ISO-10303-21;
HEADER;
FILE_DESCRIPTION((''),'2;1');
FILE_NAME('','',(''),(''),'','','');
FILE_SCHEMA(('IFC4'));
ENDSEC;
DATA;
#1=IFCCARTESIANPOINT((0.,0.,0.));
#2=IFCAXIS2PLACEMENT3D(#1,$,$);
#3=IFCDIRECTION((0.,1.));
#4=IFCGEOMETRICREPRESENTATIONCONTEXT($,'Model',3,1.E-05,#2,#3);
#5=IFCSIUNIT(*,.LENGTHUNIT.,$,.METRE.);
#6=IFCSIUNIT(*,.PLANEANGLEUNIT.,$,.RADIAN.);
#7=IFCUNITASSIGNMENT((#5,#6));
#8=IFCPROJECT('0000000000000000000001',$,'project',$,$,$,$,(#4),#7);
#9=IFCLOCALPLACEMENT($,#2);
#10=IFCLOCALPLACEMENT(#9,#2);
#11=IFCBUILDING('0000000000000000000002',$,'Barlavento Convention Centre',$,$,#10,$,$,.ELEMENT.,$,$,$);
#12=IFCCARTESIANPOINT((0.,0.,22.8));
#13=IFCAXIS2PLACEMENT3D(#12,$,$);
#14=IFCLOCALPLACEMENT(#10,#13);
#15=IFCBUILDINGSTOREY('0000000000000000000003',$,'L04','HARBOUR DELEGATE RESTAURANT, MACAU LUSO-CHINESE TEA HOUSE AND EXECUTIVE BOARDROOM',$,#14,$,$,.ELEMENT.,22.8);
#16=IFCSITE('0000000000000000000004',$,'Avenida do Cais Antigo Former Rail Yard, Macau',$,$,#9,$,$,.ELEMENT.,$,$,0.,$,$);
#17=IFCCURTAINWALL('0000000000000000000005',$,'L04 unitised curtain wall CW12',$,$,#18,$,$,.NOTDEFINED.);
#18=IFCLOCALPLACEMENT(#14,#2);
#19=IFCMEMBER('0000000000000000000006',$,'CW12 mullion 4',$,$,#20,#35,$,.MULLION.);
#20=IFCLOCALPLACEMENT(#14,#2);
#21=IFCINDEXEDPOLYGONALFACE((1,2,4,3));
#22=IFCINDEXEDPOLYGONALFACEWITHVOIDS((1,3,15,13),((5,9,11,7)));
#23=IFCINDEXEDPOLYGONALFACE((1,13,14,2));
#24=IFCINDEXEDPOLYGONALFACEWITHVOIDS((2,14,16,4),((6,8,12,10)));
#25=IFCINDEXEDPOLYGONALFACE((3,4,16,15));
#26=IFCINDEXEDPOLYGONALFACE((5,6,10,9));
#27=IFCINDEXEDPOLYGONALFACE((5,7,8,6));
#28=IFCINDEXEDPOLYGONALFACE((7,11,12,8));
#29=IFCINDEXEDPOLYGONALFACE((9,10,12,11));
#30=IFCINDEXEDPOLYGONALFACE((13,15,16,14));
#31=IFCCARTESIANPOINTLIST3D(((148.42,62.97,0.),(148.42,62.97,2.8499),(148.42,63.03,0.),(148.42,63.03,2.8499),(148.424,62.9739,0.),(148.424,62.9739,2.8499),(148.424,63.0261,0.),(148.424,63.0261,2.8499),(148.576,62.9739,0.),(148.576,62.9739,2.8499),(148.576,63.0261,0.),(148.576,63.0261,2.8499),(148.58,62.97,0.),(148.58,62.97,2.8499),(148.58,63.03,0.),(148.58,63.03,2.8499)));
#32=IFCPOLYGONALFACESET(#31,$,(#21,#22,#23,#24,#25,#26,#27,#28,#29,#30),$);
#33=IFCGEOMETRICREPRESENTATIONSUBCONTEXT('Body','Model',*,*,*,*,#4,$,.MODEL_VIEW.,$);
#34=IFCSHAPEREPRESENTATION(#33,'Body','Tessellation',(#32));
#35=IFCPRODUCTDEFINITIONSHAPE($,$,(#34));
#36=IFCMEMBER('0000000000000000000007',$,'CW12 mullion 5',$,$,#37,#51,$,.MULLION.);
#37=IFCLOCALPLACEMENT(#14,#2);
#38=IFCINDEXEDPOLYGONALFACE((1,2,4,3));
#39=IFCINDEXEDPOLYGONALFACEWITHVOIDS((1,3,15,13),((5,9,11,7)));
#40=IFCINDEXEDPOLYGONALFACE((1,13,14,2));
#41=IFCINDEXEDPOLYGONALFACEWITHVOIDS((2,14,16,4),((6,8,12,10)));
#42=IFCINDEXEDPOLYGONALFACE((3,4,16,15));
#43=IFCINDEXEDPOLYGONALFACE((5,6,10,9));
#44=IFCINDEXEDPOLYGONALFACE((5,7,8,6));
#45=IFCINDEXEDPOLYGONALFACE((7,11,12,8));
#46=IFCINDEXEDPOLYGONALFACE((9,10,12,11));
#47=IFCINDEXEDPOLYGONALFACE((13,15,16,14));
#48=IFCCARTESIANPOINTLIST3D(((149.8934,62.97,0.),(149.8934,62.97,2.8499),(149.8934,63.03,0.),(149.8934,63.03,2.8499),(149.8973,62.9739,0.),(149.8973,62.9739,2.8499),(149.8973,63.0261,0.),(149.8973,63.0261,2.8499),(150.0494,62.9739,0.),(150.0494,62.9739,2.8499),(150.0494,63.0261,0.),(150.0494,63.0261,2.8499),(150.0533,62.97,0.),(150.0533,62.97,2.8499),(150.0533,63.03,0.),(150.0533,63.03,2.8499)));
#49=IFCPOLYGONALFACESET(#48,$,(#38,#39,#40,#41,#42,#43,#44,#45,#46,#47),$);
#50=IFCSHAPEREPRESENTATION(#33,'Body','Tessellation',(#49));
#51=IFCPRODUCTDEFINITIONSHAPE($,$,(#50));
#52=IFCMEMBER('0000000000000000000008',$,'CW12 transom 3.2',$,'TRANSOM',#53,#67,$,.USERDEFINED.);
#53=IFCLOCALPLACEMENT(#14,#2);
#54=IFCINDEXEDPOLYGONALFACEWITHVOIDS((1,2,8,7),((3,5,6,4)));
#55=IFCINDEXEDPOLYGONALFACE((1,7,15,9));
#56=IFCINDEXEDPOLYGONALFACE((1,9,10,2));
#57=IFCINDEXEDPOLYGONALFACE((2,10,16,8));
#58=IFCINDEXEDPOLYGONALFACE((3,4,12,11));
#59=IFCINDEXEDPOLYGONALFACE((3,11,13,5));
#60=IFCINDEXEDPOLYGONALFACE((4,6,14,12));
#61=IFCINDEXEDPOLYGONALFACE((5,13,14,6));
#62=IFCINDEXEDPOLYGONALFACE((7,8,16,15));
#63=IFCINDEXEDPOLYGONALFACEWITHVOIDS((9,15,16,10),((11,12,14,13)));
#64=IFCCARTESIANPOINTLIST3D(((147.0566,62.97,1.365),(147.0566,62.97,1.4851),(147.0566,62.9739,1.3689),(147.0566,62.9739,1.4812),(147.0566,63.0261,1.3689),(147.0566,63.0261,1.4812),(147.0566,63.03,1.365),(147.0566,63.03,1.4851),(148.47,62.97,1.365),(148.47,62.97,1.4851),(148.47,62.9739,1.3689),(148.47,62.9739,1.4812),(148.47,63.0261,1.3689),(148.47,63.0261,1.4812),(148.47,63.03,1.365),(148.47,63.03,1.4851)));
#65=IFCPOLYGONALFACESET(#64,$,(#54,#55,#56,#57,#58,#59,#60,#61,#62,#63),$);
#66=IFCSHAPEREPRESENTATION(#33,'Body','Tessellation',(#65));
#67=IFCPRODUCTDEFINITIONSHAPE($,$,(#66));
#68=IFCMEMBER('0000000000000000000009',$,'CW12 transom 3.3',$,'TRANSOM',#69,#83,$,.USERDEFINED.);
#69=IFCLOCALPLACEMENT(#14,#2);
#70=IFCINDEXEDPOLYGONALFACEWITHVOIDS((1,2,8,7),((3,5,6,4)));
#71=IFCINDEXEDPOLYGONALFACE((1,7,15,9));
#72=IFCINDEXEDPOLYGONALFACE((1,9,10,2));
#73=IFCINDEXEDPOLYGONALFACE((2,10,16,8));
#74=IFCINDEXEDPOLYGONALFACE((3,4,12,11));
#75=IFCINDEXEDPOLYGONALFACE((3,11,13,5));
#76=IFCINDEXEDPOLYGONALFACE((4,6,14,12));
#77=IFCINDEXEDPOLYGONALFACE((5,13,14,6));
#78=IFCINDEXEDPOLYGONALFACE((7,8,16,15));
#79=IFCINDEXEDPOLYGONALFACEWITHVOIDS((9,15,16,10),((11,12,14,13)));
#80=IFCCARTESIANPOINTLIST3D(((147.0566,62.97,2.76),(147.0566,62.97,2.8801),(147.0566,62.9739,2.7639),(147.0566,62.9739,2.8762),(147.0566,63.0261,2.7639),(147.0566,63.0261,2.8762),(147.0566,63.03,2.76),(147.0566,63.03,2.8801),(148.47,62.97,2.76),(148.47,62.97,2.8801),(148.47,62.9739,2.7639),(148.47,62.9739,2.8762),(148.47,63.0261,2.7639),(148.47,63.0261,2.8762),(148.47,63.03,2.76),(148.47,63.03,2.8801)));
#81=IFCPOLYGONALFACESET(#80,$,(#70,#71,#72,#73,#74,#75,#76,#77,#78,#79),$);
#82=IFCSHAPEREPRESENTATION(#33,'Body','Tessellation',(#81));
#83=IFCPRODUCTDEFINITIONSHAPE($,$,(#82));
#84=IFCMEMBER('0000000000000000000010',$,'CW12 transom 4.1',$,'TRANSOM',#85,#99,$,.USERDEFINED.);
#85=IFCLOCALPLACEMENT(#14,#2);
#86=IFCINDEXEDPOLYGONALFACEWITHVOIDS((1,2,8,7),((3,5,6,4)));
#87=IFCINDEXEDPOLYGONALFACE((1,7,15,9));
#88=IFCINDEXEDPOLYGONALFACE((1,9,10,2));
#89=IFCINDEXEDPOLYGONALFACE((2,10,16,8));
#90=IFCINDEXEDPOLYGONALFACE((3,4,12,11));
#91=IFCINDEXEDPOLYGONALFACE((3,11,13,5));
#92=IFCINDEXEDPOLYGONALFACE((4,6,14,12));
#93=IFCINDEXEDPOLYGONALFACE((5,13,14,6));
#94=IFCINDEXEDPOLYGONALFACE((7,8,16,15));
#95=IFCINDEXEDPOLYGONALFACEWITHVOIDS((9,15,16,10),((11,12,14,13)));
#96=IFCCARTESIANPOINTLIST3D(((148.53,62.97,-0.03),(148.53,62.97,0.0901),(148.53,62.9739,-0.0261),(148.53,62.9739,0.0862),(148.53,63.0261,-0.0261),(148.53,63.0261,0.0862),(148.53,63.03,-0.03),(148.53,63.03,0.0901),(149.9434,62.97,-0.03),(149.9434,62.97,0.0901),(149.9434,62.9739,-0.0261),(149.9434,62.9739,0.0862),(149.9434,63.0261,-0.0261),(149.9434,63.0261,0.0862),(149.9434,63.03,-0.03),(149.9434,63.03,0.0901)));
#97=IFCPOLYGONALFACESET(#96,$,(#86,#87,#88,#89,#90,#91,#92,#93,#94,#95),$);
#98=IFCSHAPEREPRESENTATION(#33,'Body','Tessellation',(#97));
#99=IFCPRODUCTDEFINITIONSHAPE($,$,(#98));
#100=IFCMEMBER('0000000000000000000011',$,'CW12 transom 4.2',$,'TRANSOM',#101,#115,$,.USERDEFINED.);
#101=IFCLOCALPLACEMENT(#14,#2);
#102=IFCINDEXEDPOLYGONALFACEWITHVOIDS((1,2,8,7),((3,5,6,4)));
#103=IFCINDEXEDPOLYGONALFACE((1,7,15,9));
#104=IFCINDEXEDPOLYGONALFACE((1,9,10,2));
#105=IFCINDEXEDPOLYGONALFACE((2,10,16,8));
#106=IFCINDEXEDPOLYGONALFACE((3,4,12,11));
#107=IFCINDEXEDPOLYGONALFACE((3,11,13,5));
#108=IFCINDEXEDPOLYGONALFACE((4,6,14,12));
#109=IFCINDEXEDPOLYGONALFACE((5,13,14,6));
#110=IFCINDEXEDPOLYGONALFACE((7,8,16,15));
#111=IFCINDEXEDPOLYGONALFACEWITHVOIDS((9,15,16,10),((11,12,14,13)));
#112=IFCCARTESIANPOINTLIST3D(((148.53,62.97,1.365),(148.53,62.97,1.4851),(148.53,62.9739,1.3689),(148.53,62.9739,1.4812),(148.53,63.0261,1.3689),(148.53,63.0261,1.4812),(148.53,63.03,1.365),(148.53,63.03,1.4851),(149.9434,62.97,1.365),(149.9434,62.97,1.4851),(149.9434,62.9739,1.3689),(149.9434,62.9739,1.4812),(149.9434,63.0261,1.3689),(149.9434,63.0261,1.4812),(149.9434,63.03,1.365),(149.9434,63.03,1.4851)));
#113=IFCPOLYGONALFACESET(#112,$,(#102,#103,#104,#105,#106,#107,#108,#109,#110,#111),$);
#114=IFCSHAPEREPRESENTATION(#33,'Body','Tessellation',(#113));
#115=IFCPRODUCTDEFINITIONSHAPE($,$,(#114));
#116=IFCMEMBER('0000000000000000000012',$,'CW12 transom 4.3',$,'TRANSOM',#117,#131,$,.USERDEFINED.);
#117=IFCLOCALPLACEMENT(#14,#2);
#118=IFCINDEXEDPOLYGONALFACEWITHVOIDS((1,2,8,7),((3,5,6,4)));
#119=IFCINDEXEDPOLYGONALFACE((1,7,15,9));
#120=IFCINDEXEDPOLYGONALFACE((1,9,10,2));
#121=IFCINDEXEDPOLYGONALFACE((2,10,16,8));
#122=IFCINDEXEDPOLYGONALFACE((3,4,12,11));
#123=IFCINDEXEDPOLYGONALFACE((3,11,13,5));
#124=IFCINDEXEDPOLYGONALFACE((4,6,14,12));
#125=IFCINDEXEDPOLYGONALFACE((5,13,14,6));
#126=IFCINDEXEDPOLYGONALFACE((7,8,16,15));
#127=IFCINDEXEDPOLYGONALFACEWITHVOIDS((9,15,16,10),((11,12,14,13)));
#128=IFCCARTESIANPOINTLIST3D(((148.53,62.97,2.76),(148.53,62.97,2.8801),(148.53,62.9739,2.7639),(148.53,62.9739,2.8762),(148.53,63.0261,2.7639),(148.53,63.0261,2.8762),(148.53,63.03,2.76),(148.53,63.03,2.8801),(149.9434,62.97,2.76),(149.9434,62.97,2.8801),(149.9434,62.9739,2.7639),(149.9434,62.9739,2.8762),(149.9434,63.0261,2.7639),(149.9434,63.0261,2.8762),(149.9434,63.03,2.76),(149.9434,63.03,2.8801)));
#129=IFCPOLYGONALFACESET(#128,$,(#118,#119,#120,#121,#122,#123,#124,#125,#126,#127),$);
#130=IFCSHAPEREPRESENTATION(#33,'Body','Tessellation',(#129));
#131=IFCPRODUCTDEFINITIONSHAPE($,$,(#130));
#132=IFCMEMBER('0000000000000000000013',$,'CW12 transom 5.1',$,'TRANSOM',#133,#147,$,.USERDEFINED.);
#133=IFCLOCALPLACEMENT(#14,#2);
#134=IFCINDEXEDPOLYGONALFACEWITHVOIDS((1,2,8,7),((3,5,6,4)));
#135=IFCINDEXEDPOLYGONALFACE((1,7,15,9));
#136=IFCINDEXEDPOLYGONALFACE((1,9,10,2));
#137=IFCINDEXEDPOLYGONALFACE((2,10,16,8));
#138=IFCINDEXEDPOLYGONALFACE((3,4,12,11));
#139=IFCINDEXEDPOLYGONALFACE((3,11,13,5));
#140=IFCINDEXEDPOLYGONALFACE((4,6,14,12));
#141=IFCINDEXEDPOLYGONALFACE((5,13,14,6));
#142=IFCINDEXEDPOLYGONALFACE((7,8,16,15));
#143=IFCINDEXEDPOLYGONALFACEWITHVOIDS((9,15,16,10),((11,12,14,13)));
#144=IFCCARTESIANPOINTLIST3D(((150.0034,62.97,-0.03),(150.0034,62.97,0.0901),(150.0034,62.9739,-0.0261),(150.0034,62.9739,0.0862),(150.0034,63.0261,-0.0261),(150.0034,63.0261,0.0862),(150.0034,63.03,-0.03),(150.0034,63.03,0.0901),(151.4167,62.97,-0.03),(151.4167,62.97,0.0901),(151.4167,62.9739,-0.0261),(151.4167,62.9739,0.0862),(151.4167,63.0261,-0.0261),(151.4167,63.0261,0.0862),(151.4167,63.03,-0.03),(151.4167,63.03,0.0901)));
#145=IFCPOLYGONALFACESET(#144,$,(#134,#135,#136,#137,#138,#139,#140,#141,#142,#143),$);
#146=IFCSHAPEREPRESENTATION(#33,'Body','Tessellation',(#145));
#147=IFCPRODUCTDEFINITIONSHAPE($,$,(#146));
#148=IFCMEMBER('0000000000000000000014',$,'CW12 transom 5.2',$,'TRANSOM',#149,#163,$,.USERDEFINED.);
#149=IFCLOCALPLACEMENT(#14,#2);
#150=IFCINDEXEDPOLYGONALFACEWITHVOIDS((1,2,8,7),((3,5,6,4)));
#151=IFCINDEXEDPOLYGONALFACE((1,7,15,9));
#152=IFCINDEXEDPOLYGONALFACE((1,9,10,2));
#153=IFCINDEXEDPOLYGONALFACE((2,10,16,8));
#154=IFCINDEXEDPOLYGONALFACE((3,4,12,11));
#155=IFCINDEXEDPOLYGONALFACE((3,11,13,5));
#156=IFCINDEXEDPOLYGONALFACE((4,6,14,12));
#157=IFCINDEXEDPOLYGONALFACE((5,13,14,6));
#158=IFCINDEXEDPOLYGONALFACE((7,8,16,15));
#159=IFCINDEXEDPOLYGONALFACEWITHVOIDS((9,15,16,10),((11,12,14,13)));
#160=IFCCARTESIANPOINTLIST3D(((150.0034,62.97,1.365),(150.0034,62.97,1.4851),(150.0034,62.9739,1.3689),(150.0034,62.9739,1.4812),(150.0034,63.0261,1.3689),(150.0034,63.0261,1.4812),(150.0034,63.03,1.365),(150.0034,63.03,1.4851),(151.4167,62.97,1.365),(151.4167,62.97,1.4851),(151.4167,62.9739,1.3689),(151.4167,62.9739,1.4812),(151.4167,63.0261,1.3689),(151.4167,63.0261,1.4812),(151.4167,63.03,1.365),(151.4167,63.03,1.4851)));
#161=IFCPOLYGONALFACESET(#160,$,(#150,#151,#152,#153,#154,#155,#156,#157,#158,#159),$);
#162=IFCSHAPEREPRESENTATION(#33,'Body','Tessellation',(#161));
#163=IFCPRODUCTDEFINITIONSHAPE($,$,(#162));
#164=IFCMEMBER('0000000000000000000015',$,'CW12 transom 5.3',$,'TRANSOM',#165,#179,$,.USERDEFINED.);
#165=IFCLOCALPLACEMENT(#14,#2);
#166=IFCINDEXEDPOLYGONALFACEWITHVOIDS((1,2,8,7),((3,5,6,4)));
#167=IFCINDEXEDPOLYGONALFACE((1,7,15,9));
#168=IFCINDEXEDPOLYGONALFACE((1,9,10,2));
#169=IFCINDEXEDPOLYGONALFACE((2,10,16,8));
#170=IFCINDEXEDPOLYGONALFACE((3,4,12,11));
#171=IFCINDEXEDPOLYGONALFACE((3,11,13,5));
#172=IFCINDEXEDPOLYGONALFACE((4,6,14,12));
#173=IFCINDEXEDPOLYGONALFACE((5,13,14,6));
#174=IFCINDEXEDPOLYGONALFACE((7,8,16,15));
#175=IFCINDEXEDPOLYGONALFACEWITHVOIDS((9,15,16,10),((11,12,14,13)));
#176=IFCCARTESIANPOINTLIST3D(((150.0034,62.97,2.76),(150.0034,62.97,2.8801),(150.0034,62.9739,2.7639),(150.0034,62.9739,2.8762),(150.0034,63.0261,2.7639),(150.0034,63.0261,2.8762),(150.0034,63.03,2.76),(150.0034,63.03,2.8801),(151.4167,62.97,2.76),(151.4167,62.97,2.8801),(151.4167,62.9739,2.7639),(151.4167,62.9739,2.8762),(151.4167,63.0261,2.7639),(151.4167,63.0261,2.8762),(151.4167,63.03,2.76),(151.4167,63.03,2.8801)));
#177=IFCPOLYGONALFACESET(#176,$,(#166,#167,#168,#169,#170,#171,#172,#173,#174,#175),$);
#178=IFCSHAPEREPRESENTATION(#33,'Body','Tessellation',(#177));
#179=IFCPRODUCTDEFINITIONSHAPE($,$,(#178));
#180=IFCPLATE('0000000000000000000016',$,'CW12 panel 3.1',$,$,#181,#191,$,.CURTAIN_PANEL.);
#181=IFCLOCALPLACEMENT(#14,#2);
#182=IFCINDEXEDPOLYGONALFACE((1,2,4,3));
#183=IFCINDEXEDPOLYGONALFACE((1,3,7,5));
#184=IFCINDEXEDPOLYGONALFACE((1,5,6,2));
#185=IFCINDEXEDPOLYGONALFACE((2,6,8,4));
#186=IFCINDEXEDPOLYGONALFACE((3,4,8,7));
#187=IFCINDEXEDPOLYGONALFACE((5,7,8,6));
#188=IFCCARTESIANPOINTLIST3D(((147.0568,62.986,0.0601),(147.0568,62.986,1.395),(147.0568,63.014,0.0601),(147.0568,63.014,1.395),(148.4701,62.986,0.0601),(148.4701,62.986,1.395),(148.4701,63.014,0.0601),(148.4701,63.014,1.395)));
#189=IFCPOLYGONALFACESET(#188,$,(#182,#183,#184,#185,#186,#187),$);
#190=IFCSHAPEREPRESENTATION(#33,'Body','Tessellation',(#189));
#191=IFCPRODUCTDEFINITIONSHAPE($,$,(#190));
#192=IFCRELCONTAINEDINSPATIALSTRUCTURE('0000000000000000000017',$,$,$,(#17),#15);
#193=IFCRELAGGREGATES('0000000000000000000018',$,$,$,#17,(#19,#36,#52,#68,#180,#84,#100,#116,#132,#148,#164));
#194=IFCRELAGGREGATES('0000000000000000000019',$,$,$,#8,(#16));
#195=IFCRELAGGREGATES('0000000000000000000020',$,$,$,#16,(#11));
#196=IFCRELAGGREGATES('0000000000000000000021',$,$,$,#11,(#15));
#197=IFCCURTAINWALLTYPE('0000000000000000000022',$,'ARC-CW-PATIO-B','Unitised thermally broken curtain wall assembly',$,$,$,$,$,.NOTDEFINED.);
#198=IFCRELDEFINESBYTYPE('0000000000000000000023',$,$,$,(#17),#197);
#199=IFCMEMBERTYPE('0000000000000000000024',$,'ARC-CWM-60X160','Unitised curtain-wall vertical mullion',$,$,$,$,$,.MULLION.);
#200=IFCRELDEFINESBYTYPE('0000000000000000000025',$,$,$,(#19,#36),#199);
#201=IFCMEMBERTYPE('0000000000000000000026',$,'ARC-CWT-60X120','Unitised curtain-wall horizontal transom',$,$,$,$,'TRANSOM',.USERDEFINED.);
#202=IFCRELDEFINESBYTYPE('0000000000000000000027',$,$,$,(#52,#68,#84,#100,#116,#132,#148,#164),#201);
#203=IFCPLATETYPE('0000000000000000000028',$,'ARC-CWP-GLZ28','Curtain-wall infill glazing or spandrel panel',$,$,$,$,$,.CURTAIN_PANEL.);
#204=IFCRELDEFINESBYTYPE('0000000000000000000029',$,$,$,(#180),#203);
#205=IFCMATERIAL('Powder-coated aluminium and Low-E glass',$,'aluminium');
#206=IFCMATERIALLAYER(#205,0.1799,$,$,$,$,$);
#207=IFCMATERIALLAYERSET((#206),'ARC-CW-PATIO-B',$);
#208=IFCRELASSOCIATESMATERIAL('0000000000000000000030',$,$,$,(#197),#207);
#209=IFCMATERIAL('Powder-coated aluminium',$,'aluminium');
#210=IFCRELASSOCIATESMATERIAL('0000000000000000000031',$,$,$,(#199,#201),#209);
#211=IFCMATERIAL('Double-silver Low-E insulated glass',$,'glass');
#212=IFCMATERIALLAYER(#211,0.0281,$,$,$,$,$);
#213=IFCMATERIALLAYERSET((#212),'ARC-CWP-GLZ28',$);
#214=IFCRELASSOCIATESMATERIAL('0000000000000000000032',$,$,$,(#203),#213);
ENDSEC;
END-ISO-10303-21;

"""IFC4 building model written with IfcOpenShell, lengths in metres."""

from ifc_helpers import new_model, si_unit, direction, frame, origin, origin_2d, place, context, subcontext, project, spatial, rectangle, hollow_rectangle, extrude, material, layer, layer_set, material_profile, profile_set, type_object, element, aggregate, save


model = new_model("IFC4")

# Units and contexts
model_context = context("Model", 3, precision=1e-05, world=origin(), true_north=direction((0.0, 1.0)))
body_context = subcontext(model_context, "Body", "Model", "MODEL_VIEW")
ifc_project = project(units=[si_unit("LENGTHUNIT", "METRE"), si_unit("PLANEANGLEUNIT", "RADIAN")], contexts=[model_context])

# Site, building, storey
site_placement = place(None, origin())
site = spatial("IfcSite", under=ifc_project, at=site_placement, Name="Avenida do Cais Antigo Former Rail Yard, Macau", CompositionType="ELEMENT", RefElevation=0.0)
building_placement = place(site_placement, origin())
building = spatial("IfcBuilding", under=site, at=building_placement, Name="Barlavento Convention Centre", CompositionType="ELEMENT")
storey_placement = place(building_placement, frame((0.0, 0.0, 22.8)))
storey = spatial("IfcBuildingStorey", under=building, at=storey_placement, Name="L04", Description="HARBOUR DELEGATE RESTAURANT, MACAU LUSO-CHINESE TEA HOUSE AND EXECUTIVE BOARDROOM", CompositionType="ELEMENT", Elevation=22.8)

# Curtain wall, members, plate
ifc_material_1 = material(Name="Powder-coated aluminium and Low-E glass", Category="aluminium")
ifc_layer_1 = layer(ifc_material_1, 0.1799)
ifc_layer_set_1 = layer_set([ifc_layer_1], Name="ARC-CW-PATIO-B")
curtain_wall_type = type_object("IfcCurtainWallType", Name="ARC-CW-PATIO-B", Description="Unitised thermally broken curtain wall assembly", PredefinedType="NOTDEFINED", material=ifc_layer_set_1)
curtain_wall_placement = place(storey_placement, origin())
curtain_wall = element("IfcCurtainWall", 1, at=curtain_wall_placement, inside=storey, type_object=curtain_wall_type, Name="L04 unitised curtain wall CW12", PredefinedType="NOTDEFINED")
ifc_material_2 = material(Name="Powder-coated aluminium", Category="aluminium")
ifc_material_profile_1 = material_profile(ifc_material_2, hollow_rectangle(XDim=0.0601, YDim=0.1599, WallThickness=0.0039, at=origin_2d()), Name="AL-MULL 60x160x4")
ifc_profile_set_1 = profile_set([ifc_material_profile_1], Name="Powder-coated aluminium")
member_type_1 = type_object("IfcMemberType", Name="ARC-CWM-60X160", Description="Unitised curtain-wall vertical mullion", PredefinedType="MULLION", material=ifc_profile_set_1)
member_1_placement = place(storey_placement, frame((148.5, 63.0, 0.0), z_axis=(0.0, 0.0, 1.0), x_axis=(0.0, 1.0, 0.0)))
member_1 = element("IfcMember", 2, at=member_1_placement, type_object=member_type_1, Name="CW12 mullion 4", PredefinedType="MULLION", context=body_context, shape_type="SweptSolid", body=[
    extrude(hollow_rectangle(XDim=0.0601, YDim=0.1599, WallThickness=0.0039, at=origin_2d()), origin(), (0.0, 0.0, 1.0), 2.8499),
])
member_2_placement = place(storey_placement, frame((149.9734, 63.0, 0.0), z_axis=(0.0, 0.0, 1.0), x_axis=(0.0, 1.0, 0.0)))
member_2 = element("IfcMember", 3, at=member_2_placement, type_object=member_type_1, Name="CW12 mullion 5", PredefinedType="MULLION", context=body_context, shape_type="SweptSolid", body=[
    extrude(hollow_rectangle(XDim=0.0601, YDim=0.1599, WallThickness=0.0039, at=origin_2d()), origin(), (0.0, 0.0, 1.0), 2.8499),
])
ifc_material_profile_2 = material_profile(ifc_material_2, hollow_rectangle(XDim=0.0601, YDim=0.1201, WallThickness=0.0039, at=origin_2d()), Name="AL-TRAN 60x120x4")
ifc_profile_set_2 = profile_set([ifc_material_profile_2], Name="Powder-coated aluminium")
member_type_2 = type_object("IfcMemberType", Name="ARC-CWT-60X120", Description="Unitised curtain-wall horizontal transom", ElementType="TRANSOM", PredefinedType="USERDEFINED", material=ifc_profile_set_2)
member_3_placement = place(storey_placement, frame((147.0566, 63.0, 1.425), z_axis=(1.0, 0.0, 0.0), x_axis=(0.0, 1.0, 0.0)))
member_3 = element("IfcMember", 4, at=member_3_placement, type_object=member_type_2, Name="CW12 transom 3.2", ObjectType="TRANSOM", PredefinedType="USERDEFINED", context=body_context, shape_type="SweptSolid", body=[
    extrude(hollow_rectangle(XDim=0.0601, YDim=0.1201, WallThickness=0.0039, at=origin_2d()), origin(), (0.0, 0.0, 1.0), 1.4133),
])
member_4_placement = place(storey_placement, frame((147.0566, 63.0, 2.8201), z_axis=(1.0, 0.0, 0.0), x_axis=(0.0, 1.0, 0.0)))
member_4 = element("IfcMember", 5, at=member_4_placement, type_object=member_type_2, Name="CW12 transom 3.3", ObjectType="TRANSOM", PredefinedType="USERDEFINED", context=body_context, shape_type="SweptSolid", body=[
    extrude(hollow_rectangle(XDim=0.0601, YDim=0.1201, WallThickness=0.0039, at=origin_2d()), origin(), (0.0, 0.0, 1.0), 1.4133),
])
member_5_placement = place(storey_placement, frame((148.53, 63.0, 0.03), z_axis=(1.0, 0.0, 0.0), x_axis=(0.0, 1.0, 0.0)))
member_5 = element("IfcMember", 6, at=member_5_placement, type_object=member_type_2, Name="CW12 transom 4.1", ObjectType="TRANSOM", PredefinedType="USERDEFINED", context=body_context, shape_type="SweptSolid", body=[
    extrude(hollow_rectangle(XDim=0.0601, YDim=0.1201, WallThickness=0.0039, at=origin_2d()), origin(), (0.0, 0.0, 1.0), 1.4133),
])
member_6_placement = place(storey_placement, frame((148.53, 63.0, 1.425), z_axis=(1.0, 0.0, 0.0), x_axis=(0.0, 1.0, 0.0)))
member_6 = element("IfcMember", 7, at=member_6_placement, type_object=member_type_2, Name="CW12 transom 4.2", ObjectType="TRANSOM", PredefinedType="USERDEFINED", context=body_context, shape_type="SweptSolid", body=[
    extrude(hollow_rectangle(XDim=0.0601, YDim=0.1201, WallThickness=0.0039, at=origin_2d()), origin(), (0.0, 0.0, 1.0), 1.4133),
])
member_7_placement = place(storey_placement, frame((148.53, 63.0, 2.8201), z_axis=(1.0, 0.0, 0.0), x_axis=(0.0, 1.0, 0.0)))
member_7 = element("IfcMember", 8, at=member_7_placement, type_object=member_type_2, Name="CW12 transom 4.3", ObjectType="TRANSOM", PredefinedType="USERDEFINED", context=body_context, shape_type="SweptSolid", body=[
    extrude(hollow_rectangle(XDim=0.0601, YDim=0.1201, WallThickness=0.0039, at=origin_2d()), origin(), (0.0, 0.0, 1.0), 1.4133),
])
member_8_placement = place(storey_placement, frame((150.0034, 63.0, 0.03), z_axis=(1.0, 0.0, 0.0), x_axis=(0.0, 1.0, 0.0)))
member_8 = element("IfcMember", 9, at=member_8_placement, type_object=member_type_2, Name="CW12 transom 5.1", ObjectType="TRANSOM", PredefinedType="USERDEFINED", context=body_context, shape_type="SweptSolid", body=[
    extrude(hollow_rectangle(XDim=0.0601, YDim=0.1201, WallThickness=0.0039, at=origin_2d()), origin(), (0.0, 0.0, 1.0), 1.4133),
])
member_9_placement = place(storey_placement, frame((150.0034, 63.0, 1.425), z_axis=(1.0, 0.0, 0.0), x_axis=(0.0, 1.0, 0.0)))
member_9 = element("IfcMember", 10, at=member_9_placement, type_object=member_type_2, Name="CW12 transom 5.2", ObjectType="TRANSOM", PredefinedType="USERDEFINED", context=body_context, shape_type="SweptSolid", body=[
    extrude(hollow_rectangle(XDim=0.0601, YDim=0.1201, WallThickness=0.0039, at=origin_2d()), origin(), (0.0, 0.0, 1.0), 1.4133),
])
member_10_placement = place(storey_placement, frame((150.0034, 63.0, 2.8201), z_axis=(1.0, 0.0, 0.0), x_axis=(0.0, 1.0, 0.0)))
member_10 = element("IfcMember", 11, at=member_10_placement, type_object=member_type_2, Name="CW12 transom 5.3", ObjectType="TRANSOM", PredefinedType="USERDEFINED", context=body_context, shape_type="SweptSolid", body=[
    extrude(hollow_rectangle(XDim=0.0601, YDim=0.1201, WallThickness=0.0039, at=origin_2d()), origin(), (0.0, 0.0, 1.0), 1.4133),
])
ifc_material_3 = material(Name="Double-silver Low-E insulated glass", Category="glass")
ifc_layer_2 = layer(ifc_material_3, 0.0281)
ifc_layer_set_2 = layer_set([ifc_layer_2], Name="ARC-CWP-GLZ28")
plate_type = type_object("IfcPlateType", Name="ARC-CWP-GLZ28", Description="Curtain-wall infill glazing or spandrel panel", PredefinedType="CURTAIN_PANEL", material=ifc_layer_set_2)
plate_1_placement = place(storey_placement, frame((147.7634, 63.0, 0.0601), z_axis=(0.0, 0.0, 1.0), x_axis=(1.0, 0.0, 0.0)))
plate_1 = element("IfcPlate", 12, at=plate_1_placement, type_object=plate_type, Name="CW12 panel 3.1", PredefinedType="CURTAIN_PANEL", context=body_context, shape_type="SweptSolid", body=[
    extrude(rectangle(XDim=1.4133, YDim=0.0281, at=origin_2d()), origin(), (0.0, 0.0, 1.0), 1.335),
])
aggregate(curtain_wall, [member_1, member_2, member_3, member_4, plate_1, member_5, member_6, member_7, member_8, member_9, member_10])

save(model, "model.ifc")
